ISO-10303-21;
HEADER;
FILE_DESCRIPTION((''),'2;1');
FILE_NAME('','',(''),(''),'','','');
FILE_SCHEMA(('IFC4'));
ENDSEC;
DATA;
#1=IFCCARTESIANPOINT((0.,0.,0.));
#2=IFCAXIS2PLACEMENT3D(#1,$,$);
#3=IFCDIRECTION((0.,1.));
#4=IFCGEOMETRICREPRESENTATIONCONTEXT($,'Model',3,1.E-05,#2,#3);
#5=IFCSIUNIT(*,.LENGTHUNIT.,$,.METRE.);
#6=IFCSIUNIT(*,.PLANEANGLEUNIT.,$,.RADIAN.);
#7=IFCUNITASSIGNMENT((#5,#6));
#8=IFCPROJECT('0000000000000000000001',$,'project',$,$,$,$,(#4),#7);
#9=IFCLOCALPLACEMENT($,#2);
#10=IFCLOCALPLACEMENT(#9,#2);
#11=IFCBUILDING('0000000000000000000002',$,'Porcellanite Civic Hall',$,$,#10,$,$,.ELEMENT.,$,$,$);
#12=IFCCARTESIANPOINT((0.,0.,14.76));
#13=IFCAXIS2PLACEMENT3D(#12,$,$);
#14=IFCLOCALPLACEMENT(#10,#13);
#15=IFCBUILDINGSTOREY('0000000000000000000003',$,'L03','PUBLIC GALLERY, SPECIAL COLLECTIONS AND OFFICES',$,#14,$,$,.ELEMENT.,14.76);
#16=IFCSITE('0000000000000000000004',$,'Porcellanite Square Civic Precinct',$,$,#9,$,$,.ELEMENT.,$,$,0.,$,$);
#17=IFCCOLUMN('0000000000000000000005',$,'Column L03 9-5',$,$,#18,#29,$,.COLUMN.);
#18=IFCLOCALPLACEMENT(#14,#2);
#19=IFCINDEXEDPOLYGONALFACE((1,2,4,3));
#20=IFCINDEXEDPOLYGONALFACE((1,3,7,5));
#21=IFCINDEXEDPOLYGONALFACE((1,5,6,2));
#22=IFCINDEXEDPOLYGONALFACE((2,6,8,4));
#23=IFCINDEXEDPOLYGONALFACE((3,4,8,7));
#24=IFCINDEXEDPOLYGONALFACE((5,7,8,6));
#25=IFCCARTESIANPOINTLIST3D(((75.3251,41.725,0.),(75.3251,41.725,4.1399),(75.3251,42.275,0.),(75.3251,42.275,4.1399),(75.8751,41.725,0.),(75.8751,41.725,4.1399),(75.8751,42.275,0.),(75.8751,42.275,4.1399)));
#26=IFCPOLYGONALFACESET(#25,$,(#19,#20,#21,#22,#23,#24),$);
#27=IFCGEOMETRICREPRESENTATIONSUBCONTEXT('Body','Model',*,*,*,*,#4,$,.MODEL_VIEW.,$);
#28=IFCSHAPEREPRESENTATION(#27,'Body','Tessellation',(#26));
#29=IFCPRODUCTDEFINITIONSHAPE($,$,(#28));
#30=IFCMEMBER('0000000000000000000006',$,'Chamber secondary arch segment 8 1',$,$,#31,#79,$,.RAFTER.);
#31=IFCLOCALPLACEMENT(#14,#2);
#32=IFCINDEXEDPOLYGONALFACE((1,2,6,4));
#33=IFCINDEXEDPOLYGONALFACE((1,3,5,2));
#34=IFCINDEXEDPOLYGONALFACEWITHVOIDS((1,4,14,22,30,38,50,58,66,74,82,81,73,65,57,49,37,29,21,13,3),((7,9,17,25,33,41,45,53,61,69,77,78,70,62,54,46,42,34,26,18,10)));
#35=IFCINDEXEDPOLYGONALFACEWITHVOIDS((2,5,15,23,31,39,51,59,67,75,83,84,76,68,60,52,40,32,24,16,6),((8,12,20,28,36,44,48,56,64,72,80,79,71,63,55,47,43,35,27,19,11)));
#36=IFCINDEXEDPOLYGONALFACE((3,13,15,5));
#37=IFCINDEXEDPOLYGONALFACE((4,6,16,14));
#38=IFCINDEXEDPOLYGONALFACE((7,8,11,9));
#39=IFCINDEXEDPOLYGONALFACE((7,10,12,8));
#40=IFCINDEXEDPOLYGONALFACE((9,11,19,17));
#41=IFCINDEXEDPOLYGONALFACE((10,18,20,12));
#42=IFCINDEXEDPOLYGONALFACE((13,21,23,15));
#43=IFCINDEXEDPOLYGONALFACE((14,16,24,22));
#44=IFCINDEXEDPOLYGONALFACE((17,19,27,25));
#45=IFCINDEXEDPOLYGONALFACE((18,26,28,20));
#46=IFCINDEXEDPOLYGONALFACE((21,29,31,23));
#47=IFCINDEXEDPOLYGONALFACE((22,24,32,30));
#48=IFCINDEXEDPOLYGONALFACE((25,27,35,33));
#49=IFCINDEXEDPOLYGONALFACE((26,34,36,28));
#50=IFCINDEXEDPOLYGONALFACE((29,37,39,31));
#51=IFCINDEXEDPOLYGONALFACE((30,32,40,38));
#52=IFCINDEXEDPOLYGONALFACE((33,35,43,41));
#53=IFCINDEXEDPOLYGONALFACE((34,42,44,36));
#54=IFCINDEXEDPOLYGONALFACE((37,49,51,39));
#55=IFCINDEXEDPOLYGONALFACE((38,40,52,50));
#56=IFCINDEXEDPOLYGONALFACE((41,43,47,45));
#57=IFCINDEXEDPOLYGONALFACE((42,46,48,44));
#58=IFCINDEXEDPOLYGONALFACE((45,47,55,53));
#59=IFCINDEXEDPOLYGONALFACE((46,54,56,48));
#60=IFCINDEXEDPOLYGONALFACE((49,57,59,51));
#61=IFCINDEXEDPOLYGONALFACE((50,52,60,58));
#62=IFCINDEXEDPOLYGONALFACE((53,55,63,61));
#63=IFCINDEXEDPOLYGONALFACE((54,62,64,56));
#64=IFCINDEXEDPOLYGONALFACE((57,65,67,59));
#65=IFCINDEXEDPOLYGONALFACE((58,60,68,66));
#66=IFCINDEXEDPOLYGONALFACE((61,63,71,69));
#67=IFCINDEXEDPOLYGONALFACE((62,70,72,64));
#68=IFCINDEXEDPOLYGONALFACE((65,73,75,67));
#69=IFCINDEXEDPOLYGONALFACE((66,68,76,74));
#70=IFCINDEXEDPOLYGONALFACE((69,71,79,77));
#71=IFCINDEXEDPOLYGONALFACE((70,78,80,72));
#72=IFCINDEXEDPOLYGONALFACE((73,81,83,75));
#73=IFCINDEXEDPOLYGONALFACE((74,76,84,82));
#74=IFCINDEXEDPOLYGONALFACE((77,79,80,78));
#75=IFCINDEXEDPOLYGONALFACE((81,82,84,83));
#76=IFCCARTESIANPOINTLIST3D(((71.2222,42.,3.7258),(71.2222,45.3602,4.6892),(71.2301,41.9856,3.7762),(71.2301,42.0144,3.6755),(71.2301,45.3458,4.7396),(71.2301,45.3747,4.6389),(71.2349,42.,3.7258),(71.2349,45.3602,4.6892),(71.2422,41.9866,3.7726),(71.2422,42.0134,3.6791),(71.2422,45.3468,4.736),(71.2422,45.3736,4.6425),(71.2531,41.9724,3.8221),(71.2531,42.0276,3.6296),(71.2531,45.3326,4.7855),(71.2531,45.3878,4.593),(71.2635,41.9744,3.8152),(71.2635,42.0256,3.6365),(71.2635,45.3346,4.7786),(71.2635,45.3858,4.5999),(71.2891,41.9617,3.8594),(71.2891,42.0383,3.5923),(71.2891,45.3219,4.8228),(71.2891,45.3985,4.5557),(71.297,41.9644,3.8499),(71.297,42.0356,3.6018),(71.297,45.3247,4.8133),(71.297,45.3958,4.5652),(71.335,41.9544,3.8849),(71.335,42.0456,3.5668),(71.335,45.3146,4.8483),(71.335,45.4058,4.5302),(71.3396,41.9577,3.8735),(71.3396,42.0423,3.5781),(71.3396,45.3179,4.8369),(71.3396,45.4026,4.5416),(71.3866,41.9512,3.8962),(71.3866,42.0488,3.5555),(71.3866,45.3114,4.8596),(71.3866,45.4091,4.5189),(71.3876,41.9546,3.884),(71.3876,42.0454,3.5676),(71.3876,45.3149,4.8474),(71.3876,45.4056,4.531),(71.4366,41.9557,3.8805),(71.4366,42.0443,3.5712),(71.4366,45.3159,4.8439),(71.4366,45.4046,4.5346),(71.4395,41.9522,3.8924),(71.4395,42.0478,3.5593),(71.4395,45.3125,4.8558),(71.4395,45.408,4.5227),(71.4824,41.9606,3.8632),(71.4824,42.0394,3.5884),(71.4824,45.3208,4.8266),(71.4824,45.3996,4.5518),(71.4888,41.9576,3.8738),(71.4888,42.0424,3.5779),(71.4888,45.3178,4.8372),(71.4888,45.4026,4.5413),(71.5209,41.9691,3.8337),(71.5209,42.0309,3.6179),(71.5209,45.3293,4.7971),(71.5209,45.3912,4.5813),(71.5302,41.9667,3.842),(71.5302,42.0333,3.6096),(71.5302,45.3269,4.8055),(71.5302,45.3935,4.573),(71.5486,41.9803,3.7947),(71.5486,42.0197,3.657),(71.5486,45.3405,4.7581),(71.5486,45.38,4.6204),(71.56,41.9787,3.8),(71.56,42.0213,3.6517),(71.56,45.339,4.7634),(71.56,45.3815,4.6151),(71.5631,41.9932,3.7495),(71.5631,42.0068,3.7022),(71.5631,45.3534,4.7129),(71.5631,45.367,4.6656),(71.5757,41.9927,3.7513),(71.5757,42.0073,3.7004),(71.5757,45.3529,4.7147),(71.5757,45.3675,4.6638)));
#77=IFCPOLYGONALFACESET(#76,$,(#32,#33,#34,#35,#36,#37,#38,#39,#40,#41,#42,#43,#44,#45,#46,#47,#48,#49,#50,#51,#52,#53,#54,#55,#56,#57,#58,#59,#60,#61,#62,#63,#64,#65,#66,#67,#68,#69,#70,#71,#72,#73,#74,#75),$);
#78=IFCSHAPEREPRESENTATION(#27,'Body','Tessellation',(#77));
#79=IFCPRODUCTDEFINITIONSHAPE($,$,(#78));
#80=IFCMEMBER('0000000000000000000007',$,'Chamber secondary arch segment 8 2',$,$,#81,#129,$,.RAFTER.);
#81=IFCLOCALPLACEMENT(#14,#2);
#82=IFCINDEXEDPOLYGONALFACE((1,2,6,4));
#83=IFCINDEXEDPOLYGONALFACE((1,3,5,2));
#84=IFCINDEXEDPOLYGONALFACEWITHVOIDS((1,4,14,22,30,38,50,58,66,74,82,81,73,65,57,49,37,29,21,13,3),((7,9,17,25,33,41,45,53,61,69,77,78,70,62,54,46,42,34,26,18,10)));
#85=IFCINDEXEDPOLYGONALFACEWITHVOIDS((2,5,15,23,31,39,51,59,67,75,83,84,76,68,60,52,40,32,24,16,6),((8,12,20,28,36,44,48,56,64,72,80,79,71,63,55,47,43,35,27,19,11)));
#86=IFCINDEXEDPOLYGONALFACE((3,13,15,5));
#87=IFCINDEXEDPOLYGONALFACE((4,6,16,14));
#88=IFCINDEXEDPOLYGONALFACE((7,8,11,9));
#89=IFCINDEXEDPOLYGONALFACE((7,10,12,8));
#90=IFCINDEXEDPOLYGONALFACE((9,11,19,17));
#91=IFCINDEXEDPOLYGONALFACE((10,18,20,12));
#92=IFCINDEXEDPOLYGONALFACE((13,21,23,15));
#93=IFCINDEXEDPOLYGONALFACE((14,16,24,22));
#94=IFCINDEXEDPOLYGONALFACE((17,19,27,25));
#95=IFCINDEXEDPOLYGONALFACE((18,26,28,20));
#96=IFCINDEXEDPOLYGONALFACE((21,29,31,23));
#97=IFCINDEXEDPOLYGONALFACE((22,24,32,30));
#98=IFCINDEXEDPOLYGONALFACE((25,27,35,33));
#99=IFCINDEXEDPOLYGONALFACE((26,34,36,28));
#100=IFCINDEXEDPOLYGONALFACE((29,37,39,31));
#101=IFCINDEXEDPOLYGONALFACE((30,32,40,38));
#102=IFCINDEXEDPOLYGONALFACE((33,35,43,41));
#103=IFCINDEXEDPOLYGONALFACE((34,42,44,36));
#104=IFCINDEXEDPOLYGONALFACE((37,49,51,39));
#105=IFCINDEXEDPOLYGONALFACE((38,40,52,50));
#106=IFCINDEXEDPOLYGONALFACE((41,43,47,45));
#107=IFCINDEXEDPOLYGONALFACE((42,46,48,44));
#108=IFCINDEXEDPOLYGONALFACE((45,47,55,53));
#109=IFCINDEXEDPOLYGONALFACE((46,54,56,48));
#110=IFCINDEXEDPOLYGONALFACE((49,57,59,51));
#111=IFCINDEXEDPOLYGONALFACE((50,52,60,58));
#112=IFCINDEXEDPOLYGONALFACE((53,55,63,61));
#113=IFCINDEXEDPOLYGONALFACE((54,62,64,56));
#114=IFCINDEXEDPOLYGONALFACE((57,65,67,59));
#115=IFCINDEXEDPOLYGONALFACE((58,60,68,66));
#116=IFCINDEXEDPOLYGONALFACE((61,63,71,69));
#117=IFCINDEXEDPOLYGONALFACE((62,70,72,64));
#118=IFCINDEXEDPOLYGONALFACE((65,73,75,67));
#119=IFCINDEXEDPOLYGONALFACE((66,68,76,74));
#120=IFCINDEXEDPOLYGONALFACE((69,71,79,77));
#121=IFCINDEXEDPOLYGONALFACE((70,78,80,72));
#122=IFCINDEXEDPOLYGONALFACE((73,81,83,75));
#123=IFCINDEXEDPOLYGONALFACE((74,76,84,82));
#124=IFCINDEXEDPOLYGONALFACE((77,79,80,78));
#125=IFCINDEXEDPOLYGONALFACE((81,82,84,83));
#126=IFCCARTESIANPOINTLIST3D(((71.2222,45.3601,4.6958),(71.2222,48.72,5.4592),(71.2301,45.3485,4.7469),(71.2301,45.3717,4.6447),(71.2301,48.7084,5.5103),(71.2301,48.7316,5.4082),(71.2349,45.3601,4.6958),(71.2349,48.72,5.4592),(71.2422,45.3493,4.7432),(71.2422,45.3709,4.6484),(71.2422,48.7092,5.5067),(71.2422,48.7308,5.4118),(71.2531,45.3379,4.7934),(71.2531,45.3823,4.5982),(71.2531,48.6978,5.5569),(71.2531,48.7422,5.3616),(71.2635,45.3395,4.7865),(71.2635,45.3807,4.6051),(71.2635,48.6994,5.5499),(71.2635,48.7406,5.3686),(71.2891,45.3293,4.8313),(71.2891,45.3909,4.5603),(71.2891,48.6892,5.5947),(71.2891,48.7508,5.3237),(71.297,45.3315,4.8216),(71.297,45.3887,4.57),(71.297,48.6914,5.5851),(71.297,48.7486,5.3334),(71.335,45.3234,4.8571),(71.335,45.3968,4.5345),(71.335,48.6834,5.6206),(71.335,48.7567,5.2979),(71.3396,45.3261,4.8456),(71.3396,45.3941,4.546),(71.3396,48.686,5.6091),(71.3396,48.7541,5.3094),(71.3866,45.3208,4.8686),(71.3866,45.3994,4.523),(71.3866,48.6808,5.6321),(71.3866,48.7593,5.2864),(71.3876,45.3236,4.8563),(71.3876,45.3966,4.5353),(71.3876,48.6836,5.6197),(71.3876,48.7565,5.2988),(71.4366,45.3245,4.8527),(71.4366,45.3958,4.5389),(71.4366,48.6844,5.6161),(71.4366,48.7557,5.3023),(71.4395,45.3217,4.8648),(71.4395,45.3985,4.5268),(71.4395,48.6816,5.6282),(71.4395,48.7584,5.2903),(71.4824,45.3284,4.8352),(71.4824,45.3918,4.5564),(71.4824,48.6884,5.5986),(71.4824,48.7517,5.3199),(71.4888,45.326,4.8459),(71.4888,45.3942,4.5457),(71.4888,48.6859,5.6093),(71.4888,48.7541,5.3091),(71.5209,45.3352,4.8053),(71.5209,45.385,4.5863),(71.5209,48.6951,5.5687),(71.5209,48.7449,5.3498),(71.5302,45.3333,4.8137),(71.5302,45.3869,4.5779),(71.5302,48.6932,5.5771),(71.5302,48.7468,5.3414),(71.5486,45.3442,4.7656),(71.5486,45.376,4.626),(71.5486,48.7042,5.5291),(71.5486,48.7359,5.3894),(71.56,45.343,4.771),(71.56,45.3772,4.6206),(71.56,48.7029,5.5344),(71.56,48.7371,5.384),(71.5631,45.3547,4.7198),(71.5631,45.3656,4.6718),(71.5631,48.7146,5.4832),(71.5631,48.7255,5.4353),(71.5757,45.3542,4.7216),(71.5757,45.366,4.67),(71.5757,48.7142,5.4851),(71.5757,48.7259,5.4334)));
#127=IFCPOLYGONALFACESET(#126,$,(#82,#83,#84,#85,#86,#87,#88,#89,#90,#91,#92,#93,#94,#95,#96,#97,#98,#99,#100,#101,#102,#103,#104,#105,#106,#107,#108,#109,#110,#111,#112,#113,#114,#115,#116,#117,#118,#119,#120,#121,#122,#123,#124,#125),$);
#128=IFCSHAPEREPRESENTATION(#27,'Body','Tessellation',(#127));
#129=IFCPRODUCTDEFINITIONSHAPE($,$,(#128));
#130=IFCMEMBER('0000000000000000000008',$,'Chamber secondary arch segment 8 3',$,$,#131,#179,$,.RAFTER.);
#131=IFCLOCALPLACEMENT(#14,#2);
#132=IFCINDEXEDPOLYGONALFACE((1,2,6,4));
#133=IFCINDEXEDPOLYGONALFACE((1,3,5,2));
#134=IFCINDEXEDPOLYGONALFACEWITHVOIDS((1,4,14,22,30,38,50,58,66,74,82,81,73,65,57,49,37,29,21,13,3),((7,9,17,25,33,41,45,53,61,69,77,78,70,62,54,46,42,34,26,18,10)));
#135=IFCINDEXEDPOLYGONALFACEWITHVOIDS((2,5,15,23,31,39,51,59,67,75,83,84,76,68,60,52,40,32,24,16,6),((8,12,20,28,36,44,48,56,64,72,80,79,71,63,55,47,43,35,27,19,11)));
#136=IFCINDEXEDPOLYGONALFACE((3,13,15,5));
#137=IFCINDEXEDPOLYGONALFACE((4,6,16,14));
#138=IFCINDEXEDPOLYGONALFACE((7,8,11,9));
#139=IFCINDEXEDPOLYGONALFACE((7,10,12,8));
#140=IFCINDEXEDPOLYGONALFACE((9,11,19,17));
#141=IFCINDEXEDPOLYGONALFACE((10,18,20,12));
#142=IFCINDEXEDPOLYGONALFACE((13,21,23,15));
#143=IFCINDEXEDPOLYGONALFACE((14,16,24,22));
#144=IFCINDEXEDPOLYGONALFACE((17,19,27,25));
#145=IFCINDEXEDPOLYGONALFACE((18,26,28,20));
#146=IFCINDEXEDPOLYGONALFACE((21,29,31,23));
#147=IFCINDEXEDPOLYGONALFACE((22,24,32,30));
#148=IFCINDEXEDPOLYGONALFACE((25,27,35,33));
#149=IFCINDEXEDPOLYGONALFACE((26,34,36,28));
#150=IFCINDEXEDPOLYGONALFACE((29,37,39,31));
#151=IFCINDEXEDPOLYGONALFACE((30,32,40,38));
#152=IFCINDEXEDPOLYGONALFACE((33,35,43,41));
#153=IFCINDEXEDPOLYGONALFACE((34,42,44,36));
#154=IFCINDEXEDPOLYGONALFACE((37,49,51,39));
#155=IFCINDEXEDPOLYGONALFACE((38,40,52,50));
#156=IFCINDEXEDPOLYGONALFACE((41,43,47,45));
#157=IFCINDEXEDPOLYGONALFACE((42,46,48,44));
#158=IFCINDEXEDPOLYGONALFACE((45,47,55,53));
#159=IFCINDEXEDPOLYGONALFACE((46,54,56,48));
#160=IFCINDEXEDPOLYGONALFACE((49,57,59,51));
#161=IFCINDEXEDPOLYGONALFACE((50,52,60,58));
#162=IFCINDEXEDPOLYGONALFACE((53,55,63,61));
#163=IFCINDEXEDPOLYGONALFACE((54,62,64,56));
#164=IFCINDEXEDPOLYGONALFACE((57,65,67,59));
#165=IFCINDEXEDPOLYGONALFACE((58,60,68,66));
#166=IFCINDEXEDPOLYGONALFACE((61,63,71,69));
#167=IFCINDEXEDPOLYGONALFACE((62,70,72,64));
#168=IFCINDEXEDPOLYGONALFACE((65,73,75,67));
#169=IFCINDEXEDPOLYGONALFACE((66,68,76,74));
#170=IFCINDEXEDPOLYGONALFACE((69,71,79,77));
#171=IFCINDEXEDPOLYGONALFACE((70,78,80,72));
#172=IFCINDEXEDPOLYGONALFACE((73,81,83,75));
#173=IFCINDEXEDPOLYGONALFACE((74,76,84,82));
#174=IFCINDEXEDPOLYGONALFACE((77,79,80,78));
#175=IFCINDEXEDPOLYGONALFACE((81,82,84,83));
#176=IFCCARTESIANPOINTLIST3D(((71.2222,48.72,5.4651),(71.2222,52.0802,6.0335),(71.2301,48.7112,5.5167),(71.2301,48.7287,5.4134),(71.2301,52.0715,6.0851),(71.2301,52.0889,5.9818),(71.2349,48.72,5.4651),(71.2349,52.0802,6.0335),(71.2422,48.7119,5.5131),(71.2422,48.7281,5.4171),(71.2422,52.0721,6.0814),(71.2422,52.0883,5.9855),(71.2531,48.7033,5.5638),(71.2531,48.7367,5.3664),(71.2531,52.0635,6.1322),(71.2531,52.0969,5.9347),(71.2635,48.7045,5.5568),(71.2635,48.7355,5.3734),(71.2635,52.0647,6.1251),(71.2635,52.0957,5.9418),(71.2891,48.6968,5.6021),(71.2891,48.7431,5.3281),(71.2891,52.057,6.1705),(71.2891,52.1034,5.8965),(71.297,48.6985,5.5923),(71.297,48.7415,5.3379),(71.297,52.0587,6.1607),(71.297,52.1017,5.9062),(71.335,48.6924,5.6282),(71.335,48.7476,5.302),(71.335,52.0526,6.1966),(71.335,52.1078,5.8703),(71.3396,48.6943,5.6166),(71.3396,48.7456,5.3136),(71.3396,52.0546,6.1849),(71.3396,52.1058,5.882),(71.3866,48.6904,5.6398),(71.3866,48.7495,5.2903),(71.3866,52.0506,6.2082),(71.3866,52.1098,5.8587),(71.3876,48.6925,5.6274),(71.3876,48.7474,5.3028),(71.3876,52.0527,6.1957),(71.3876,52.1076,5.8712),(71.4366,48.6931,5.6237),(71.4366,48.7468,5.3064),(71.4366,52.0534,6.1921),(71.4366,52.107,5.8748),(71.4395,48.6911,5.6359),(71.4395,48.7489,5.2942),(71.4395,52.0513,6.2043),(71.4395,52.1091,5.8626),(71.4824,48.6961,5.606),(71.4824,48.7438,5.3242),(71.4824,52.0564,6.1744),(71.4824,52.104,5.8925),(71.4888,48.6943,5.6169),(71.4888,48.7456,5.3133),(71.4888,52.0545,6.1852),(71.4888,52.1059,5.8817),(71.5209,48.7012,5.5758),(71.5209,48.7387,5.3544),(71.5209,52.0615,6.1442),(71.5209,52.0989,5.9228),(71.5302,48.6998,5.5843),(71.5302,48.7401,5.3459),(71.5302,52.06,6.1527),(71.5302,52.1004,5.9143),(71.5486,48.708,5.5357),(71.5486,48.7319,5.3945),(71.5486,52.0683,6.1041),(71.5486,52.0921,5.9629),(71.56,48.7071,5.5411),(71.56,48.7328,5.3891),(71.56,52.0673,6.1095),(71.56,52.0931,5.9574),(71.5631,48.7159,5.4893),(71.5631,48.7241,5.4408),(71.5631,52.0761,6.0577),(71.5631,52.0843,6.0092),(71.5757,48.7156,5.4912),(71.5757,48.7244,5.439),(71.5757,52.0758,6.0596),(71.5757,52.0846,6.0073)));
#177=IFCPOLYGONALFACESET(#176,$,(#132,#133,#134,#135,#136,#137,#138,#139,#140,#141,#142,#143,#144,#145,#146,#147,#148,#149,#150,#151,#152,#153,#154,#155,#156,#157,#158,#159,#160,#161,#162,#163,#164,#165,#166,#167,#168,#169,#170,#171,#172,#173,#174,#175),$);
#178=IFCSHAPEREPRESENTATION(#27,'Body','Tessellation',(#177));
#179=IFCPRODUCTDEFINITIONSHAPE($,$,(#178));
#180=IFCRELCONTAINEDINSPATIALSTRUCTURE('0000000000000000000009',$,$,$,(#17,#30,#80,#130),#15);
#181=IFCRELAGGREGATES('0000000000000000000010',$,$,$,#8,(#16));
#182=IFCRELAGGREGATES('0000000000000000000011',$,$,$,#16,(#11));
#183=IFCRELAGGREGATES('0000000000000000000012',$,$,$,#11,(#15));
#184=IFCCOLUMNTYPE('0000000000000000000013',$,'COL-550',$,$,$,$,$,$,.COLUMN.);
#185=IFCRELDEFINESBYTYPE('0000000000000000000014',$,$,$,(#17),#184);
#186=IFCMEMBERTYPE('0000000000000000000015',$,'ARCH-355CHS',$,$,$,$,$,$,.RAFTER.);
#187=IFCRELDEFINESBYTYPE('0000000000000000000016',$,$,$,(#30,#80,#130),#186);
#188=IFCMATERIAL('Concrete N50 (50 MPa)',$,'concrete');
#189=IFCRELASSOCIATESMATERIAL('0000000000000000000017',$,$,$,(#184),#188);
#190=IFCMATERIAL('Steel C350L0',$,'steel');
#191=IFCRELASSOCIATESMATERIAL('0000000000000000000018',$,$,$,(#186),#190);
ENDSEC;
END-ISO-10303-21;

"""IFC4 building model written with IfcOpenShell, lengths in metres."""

from ifc_helpers import new_model, si_unit, direction, frame, origin, origin_2d, place, context, subcontext, project, spatial, rectangle, hollow_circle, extrude, material, material_profile, profile_set, type_object, element, save


model = new_model("IFC4")

# Units and contexts
model_context = context("Model", 3, precision=1e-05, world=origin(), true_north=direction((0.0, 1.0)))
body_context = subcontext(model_context, "Body", "Model", "MODEL_VIEW")
ifc_project = project(units=[si_unit("LENGTHUNIT", "METRE"), si_unit("PLANEANGLEUNIT", "RADIAN")], contexts=[model_context])

# Site, building, storey
site_placement = place(None, origin())
site = spatial("IfcSite", under=ifc_project, at=site_placement, Name="Porcellanite Square Civic Precinct", CompositionType="ELEMENT", RefElevation=0.0)
building_placement = place(site_placement, origin())
building = spatial("IfcBuilding", under=site, at=building_placement, Name="Porcellanite Civic Hall", CompositionType="ELEMENT")
storey_placement = place(building_placement, frame((0.0, 0.0, 14.76)))
storey = spatial("IfcBuildingStorey", under=building, at=storey_placement, Name="L03", Description="PUBLIC GALLERY, SPECIAL COLLECTIONS AND OFFICES", CompositionType="ELEMENT", Elevation=14.76)

# Column
ifc_material_1 = material(Name="Concrete N50 (50 MPa)", Category="concrete")
ifc_material_profile_1 = material_profile(ifc_material_1, rectangle(XDim=0.55, YDim=0.55, at=origin_2d()), Name="RC-550x550")
ifc_profile_set_1 = profile_set([ifc_material_profile_1], Name="Concrete N50 (50 MPa)")
column_type = type_object("IfcColumnType", Name="COL-550", PredefinedType="COLUMN", material=ifc_profile_set_1)
column_placement = place(storey_placement, frame((75.6001, 42.0, 0.0), z_axis=(0.0, 0.0, 1.0), x_axis=(1.0, 0.0, 0.0)))
element("IfcColumn", 1, at=column_placement, inside=storey, type_object=column_type, Name="Column L03 9-5", PredefinedType="COLUMN", context=body_context, shape_type="SweptSolid", body=[
    extrude(rectangle(XDim=0.55, YDim=0.55, at=origin_2d()), origin(), (0.0, 0.0, 1.0), 4.1399),
])

# Members
ifc_material_2 = material(Name="Steel C350L0", Category="steel")
ifc_material_profile_2 = material_profile(ifc_material_2, hollow_circle(Radius=0.1777, WallThickness=0.0127, at=origin_2d()), Name="355.6x12.7CHS")
ifc_profile_set_2 = profile_set([ifc_material_profile_2], Name="Steel C350L0")
member_type_1 = type_object("IfcMemberType", Name="ARCH-355CHS", PredefinedType="RAFTER", material=ifc_profile_set_2)
member_1_placement = place(storey_placement, frame((71.3999, 42.0, 3.7258), z_axis=(0.0, 0.961271, 0.275607), x_axis=(-1.0, 0.0, 0.0)))
element("IfcMember", 2, at=member_1_placement, inside=storey, type_object=member_type_1, Name="Chamber secondary arch segment 8 1", PredefinedType="RAFTER", context=body_context, shape_type="SweptSolid", body=[
    extrude(hollow_circle(Radius=0.1777, WallThickness=0.0127, at=origin_2d()), origin(), (0.0, 0.0, 1.0), 3.4956),
])
member_2_placement = place(storey_placement, frame((71.3999, 45.3601, 4.6958), z_axis=(0.0, 0.975144, 0.221572), x_axis=(-1.0, 0.0, 0.0)))
element("IfcMember", 3, at=member_2_placement, inside=storey, type_object=member_type_1, Name="Chamber secondary arch segment 8 2", PredefinedType="RAFTER", context=body_context, shape_type="SweptSolid", body=[
    extrude(hollow_circle(Radius=0.1777, WallThickness=0.0127, at=origin_2d()), origin(), (0.0, 0.0, 1.0), 3.4456),
])
member_3_placement = place(storey_placement, frame((71.3999, 48.72, 5.4651), z_axis=(0.0, 0.985994, 0.16678), x_axis=(-1.0, 0.0, 0.0)))
element("IfcMember", 4, at=member_3_placement, inside=storey, type_object=member_type_1, Name="Chamber secondary arch segment 8 3", PredefinedType="RAFTER", context=body_context, shape_type="SweptSolid", body=[
    extrude(hollow_circle(Radius=0.1777, WallThickness=0.0127, at=origin_2d()), origin(), (0.0, 0.0, 1.0), 3.408),
])

save(model, "model.ifc")
